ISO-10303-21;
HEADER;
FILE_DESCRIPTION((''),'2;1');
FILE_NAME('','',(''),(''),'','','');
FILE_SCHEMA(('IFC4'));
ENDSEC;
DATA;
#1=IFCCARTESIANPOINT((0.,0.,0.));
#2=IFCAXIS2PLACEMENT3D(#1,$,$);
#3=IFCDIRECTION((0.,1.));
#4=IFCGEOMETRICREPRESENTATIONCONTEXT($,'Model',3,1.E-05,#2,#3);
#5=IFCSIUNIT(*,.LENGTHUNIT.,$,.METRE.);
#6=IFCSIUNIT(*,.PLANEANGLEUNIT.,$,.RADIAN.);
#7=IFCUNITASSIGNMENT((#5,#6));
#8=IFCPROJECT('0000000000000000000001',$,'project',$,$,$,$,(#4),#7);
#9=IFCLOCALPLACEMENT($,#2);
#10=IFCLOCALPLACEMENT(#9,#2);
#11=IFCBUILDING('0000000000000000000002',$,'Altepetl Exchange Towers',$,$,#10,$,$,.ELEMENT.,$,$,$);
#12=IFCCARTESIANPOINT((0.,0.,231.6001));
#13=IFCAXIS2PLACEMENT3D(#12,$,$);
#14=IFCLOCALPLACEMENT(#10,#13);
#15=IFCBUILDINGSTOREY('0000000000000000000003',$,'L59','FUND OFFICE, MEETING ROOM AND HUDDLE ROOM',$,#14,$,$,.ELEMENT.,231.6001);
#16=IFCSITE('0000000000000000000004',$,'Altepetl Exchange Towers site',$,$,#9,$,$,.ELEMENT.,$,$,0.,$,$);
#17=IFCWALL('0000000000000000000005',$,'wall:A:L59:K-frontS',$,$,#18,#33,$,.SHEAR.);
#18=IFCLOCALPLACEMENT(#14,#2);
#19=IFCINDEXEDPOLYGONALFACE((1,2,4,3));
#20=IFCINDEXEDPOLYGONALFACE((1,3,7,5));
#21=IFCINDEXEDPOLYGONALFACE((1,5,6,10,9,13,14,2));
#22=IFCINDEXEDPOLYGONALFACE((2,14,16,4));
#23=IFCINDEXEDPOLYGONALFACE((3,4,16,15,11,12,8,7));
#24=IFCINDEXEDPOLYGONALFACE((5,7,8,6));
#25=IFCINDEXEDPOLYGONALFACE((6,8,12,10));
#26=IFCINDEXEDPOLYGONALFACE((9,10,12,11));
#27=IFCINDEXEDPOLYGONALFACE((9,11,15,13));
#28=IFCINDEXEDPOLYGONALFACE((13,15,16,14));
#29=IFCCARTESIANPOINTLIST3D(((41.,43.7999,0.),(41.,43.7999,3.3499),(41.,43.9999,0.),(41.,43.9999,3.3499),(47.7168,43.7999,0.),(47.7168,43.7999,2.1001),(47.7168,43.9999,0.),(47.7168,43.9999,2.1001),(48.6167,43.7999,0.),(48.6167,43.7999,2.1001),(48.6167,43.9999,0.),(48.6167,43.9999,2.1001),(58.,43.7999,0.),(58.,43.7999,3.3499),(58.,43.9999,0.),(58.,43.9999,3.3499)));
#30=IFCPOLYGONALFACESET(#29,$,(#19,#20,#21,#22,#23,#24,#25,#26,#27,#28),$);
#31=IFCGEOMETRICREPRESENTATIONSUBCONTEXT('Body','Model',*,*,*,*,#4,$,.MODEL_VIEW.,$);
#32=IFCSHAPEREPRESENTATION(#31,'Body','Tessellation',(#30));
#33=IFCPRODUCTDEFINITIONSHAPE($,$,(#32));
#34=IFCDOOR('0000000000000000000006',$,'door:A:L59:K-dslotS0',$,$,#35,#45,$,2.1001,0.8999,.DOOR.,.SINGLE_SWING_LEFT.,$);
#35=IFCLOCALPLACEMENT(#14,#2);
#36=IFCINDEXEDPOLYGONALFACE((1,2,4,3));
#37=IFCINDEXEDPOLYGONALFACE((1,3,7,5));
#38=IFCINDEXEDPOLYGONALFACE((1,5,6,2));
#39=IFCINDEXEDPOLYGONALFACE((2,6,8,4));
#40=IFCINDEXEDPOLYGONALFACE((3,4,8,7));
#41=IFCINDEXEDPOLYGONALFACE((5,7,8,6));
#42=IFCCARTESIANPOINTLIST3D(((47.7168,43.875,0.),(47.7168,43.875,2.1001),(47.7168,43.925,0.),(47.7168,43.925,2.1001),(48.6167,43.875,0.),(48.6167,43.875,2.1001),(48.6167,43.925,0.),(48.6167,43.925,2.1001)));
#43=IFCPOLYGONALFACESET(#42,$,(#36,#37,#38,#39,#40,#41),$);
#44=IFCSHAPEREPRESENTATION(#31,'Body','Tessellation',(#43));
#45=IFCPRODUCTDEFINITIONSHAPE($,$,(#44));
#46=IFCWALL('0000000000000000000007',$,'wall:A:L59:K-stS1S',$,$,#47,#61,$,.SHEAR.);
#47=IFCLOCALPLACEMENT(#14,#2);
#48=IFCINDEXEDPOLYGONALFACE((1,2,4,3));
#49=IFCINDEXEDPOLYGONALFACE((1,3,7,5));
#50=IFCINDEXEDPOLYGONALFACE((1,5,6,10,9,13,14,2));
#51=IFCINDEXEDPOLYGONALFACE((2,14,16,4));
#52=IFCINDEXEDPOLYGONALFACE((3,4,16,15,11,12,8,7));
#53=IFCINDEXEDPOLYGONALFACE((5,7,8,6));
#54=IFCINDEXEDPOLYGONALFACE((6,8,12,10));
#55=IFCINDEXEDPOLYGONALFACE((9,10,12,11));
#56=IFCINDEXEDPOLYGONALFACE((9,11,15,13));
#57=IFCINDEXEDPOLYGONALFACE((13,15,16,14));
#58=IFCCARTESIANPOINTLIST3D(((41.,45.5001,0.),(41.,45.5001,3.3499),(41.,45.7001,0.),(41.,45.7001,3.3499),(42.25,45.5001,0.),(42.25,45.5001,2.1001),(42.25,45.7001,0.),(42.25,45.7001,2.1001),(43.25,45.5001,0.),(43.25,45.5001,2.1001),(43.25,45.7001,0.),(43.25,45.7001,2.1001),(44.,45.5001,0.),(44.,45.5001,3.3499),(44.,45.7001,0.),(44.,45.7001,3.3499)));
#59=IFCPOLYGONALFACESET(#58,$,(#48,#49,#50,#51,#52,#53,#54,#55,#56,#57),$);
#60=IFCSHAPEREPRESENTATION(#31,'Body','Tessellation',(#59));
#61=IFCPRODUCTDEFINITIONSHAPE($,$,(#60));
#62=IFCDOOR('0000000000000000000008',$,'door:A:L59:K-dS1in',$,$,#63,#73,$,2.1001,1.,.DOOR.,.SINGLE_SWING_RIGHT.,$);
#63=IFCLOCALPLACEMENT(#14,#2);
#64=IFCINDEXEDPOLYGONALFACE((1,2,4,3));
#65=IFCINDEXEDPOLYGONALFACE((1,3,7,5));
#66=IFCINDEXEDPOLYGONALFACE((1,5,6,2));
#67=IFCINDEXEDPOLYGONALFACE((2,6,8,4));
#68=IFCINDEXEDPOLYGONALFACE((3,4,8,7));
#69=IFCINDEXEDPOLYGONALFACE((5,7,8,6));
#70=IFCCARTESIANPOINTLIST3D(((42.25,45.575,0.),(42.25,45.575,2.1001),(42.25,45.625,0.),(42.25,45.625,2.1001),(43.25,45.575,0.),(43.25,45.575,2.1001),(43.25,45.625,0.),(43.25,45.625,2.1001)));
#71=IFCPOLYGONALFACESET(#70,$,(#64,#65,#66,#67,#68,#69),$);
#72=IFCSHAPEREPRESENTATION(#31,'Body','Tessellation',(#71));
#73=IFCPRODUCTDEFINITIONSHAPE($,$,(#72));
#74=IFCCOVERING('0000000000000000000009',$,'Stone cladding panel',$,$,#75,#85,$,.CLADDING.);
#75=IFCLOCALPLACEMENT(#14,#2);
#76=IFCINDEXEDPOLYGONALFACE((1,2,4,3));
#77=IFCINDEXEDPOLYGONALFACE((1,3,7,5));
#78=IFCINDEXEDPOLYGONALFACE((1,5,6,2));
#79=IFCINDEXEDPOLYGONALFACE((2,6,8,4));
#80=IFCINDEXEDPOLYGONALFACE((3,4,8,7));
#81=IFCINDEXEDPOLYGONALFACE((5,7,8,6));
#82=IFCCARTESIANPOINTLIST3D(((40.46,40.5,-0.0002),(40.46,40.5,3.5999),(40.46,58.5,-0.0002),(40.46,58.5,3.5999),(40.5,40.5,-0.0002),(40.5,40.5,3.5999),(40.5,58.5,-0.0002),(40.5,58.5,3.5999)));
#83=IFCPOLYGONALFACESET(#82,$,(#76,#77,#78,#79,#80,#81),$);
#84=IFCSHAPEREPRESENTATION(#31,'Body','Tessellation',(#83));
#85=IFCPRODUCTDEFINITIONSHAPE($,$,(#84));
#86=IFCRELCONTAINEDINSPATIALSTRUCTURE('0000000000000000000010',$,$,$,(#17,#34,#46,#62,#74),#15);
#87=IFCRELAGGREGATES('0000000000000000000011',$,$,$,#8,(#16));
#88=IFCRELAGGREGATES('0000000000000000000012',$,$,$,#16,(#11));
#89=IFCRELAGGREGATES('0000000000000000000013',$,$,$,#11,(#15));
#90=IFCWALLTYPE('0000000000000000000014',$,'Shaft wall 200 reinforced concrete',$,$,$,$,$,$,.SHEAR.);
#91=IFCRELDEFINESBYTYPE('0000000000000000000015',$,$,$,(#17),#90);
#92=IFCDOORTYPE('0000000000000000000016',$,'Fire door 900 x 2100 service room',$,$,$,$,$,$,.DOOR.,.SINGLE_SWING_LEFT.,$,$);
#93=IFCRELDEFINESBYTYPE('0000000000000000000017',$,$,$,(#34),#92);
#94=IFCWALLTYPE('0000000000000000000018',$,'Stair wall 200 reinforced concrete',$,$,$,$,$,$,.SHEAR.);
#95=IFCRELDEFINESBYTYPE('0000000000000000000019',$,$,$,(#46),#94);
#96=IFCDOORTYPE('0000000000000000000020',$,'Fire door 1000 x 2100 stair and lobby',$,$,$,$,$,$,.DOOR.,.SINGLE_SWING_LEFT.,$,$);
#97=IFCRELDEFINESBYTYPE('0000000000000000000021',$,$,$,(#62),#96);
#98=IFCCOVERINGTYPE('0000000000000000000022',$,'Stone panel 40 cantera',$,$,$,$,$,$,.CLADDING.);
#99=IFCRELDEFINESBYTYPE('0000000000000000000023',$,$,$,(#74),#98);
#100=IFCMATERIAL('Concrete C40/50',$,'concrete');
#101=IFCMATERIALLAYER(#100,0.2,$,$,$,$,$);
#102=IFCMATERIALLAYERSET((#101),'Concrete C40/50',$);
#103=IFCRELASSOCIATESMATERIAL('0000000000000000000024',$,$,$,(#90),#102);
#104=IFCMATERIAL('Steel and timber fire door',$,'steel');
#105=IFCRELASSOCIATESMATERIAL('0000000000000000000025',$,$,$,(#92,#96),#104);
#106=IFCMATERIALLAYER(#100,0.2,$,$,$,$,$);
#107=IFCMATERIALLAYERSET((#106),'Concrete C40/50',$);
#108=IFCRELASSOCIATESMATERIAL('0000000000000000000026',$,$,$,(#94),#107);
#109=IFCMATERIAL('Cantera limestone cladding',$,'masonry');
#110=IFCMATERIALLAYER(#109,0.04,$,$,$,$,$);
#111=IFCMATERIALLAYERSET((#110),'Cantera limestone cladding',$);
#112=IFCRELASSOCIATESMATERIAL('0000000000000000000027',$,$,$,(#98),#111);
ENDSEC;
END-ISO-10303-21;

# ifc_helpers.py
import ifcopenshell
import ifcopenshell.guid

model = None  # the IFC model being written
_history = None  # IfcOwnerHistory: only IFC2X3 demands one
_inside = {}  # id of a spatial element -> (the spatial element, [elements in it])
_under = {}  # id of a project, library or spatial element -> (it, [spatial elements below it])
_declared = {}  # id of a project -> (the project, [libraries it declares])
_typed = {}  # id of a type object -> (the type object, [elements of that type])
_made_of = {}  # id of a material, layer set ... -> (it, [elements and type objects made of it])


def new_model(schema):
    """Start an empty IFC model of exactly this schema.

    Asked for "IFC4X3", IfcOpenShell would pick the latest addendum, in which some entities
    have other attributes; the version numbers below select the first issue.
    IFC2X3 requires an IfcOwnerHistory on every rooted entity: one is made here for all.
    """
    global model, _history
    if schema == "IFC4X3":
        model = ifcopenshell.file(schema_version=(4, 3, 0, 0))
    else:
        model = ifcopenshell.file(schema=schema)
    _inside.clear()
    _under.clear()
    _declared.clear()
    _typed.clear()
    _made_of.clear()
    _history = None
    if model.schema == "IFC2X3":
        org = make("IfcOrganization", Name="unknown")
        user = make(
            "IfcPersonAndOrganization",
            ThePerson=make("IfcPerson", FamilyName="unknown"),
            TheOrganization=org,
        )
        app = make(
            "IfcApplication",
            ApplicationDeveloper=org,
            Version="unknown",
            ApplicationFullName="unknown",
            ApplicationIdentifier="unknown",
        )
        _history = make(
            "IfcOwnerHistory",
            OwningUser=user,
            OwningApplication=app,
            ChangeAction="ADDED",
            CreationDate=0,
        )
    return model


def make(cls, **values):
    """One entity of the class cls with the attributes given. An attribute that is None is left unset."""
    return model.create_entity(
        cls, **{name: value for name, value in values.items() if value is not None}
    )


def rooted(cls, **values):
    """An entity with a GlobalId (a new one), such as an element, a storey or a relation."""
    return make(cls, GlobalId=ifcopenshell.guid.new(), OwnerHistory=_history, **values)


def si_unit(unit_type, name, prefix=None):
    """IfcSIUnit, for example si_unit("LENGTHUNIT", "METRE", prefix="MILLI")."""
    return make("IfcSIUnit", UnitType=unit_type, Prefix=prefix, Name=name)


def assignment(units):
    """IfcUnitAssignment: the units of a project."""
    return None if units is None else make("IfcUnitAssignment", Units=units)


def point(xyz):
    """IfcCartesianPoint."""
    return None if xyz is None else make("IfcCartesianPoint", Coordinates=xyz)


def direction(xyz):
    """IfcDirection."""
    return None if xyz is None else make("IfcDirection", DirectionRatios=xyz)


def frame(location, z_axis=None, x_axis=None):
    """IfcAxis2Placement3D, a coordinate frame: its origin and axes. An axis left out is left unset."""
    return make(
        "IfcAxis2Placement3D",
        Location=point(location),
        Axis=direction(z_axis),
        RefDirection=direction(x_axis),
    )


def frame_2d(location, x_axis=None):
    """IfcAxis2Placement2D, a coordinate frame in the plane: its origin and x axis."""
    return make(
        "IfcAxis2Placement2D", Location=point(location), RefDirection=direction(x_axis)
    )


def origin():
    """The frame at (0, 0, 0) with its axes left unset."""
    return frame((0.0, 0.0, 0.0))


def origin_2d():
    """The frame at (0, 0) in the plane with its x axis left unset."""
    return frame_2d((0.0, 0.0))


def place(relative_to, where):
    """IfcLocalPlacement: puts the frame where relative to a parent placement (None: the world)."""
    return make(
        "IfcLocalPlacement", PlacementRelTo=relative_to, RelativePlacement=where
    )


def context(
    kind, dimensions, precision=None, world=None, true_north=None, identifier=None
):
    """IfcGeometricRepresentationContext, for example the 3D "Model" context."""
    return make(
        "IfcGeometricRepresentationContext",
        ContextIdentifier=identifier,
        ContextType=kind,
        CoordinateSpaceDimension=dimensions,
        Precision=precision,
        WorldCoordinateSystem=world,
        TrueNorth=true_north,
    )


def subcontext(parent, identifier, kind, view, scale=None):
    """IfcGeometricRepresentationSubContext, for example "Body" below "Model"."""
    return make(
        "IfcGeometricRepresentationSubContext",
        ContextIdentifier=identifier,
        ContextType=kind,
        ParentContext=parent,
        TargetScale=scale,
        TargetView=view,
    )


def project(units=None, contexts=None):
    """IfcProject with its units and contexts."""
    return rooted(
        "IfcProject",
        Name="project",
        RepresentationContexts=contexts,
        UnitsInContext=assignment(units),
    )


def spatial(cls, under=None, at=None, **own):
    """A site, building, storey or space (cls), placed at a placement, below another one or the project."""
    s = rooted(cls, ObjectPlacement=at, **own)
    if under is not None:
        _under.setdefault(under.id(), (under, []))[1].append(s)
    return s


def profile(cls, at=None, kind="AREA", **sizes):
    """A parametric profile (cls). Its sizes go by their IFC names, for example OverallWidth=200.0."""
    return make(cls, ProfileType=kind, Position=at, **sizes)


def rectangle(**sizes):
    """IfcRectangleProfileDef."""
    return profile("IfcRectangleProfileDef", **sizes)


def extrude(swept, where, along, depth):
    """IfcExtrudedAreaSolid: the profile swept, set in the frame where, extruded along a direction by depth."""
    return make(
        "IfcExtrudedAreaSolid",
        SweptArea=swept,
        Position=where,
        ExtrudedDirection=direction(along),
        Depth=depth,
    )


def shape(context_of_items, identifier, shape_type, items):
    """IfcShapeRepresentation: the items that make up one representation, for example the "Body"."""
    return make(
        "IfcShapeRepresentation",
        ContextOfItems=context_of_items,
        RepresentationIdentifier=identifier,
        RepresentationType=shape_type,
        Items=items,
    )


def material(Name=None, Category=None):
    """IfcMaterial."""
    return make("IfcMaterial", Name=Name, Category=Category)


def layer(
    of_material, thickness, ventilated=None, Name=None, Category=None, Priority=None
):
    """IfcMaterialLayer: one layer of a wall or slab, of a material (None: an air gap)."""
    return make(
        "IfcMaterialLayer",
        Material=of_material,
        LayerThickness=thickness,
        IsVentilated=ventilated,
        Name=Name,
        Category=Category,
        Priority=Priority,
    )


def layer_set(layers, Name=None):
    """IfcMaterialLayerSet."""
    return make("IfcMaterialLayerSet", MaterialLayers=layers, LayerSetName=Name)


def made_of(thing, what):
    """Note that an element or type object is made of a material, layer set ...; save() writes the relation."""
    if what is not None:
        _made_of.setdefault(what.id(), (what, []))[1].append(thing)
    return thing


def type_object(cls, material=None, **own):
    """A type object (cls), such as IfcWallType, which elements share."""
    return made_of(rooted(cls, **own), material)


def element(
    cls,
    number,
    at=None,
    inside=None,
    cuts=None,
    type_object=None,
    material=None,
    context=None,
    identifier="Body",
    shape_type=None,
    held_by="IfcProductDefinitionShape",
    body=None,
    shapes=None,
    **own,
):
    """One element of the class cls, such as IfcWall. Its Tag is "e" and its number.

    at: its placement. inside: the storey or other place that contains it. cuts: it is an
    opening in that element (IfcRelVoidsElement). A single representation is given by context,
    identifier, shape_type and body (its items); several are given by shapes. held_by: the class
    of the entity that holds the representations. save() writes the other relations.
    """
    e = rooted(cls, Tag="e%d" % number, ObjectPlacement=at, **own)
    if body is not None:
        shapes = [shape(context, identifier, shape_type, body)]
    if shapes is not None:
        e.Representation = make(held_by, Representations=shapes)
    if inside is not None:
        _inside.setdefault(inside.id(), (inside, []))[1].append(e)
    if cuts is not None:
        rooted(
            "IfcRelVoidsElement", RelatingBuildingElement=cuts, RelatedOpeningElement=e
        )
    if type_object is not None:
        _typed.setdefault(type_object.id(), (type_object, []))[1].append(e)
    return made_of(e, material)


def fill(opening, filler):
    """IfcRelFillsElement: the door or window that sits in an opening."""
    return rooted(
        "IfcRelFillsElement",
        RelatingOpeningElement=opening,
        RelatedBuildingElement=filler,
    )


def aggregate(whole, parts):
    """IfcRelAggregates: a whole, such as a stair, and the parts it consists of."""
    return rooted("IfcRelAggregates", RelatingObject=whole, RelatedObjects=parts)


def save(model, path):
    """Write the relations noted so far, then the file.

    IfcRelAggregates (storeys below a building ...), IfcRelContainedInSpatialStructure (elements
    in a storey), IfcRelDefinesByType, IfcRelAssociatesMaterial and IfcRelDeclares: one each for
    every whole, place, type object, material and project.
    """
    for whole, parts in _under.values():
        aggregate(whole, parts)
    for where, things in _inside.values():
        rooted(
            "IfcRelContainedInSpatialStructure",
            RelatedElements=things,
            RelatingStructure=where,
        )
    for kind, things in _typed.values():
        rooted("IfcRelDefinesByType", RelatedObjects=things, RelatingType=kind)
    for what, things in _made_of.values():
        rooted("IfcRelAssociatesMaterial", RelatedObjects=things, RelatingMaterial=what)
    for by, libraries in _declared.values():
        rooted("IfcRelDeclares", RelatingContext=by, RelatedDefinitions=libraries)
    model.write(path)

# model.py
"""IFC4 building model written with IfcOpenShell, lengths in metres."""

from ifc_helpers import new_model, si_unit, direction, frame, frame_2d, origin, origin_2d, place, context, subcontext, project, spatial, rectangle, extrude, material, layer, layer_set, type_object, element, fill, save


model = new_model("IFC4")

# Units and contexts
model_context = context("Model", 3, precision=1e-05, world=origin(), true_north=direction((0.0, 1.0)))
body_context = subcontext(model_context, "Body", "Model", "MODEL_VIEW")
ifc_project = project(units=[si_unit("LENGTHUNIT", "METRE"), si_unit("PLANEANGLEUNIT", "RADIAN")], contexts=[model_context])

# Site, building, storey
site_placement = place(None, origin())
site = spatial("IfcSite", under=ifc_project, at=site_placement, Name="Altepetl Exchange Towers site", CompositionType="ELEMENT", RefElevation=0.0)
building_placement = place(site_placement, origin())
building = spatial("IfcBuilding", under=site, at=building_placement, Name="Altepetl Exchange Towers", CompositionType="ELEMENT")
storey_placement = place(building_placement, frame((0.0, 0.0, 231.6001)))
storey = spatial("IfcBuildingStorey", under=building, at=storey_placement, Name="L59", Description="FUND OFFICE, MEETING ROOM AND HUDDLE ROOM", CompositionType="ELEMENT", Elevation=231.6001)

# Walls, openings, doors
ifc_material_1 = material(Name="Concrete C40/50", Category="concrete")
ifc_layer_1 = layer(ifc_material_1, 0.2)
ifc_layer_set_1 = layer_set([ifc_layer_1], Name="Concrete C40/50")
wall_type_1 = type_object("IfcWallType", Name="Shaft wall 200 reinforced concrete", PredefinedType="SHEAR", material=ifc_layer_set_1)
wall_1_placement = place(storey_placement, frame((41.0, 43.8999, 0.0)))
wall_1 = element("IfcWall", 1, at=wall_1_placement, inside=storey, type_object=wall_type_1, Name="wall:A:L59:K-frontS", PredefinedType="SHEAR", context=body_context, shape_type="SweptSolid", body=[
    extrude(rectangle(XDim=17.0, YDim=0.2, at=frame_2d((8.5, 0.0))), origin(), (0.0, 0.0, 1.0), 3.3499),
])
opening_1_placement = place(wall_1_placement, frame((6.7168, 0.0, 0.0)))
opening_1 = element("IfcOpeningElement", 2, at=opening_1_placement, cuts=wall_1, PredefinedType="OPENING", context=body_context, shape_type="SweptSolid", body=[
    extrude(rectangle(XDim=0.8999, YDim=2.1001, at=frame_2d((0.45, 1.05))), frame((0.0, 0.1099, 0.0), z_axis=(0.0, -1.0, 0.0), x_axis=(1.0, 0.0, 0.0)), (0.0, 0.0, 1.0), 0.22),
])
ifc_material_2 = material(Name="Steel and timber fire door", Category="steel")
door_type_1 = type_object("IfcDoorType", Name="Fire door 900 x 2100 service room", OperationType="SINGLE_SWING_LEFT", PredefinedType="DOOR", material=ifc_material_2)
door_1_placement = place(opening_1_placement, frame((0.8999, 0.0, 0.0), x_axis=(-1.0, 0.0, 0.0)))
door_1 = element("IfcDoor", 3, at=door_1_placement, inside=storey, type_object=door_type_1, Name="door:A:L59:K-dslotS0", OperationType="SINGLE_SWING_LEFT", OverallHeight=2.1001, OverallWidth=0.8999, PredefinedType="DOOR", context=body_context, shape_type="SweptSolid", body=[
    extrude(rectangle(XDim=0.8999, YDim=2.1001, at=frame_2d((0.45, 1.05))), frame((0.0, 0.0249, 0.0), z_axis=(0.0, -1.0, 0.0), x_axis=(1.0, 0.0, 0.0)), (0.0, 0.0, 1.0), 0.05),
])
fill(opening_1, door_1)
ifc_layer_2 = layer(ifc_material_1, 0.2)
ifc_layer_set_2 = layer_set([ifc_layer_2], Name="Concrete C40/50")
wall_type_2 = type_object("IfcWallType", Name="Stair wall 200 reinforced concrete", PredefinedType="SHEAR", material=ifc_layer_set_2)
wall_2_placement = place(storey_placement, frame((41.0, 45.6001, 0.0)))
wall_2 = element("IfcWall", 4, at=wall_2_placement, inside=storey, type_object=wall_type_2, Name="wall:A:L59:K-stS1S", PredefinedType="SHEAR", context=body_context, shape_type="SweptSolid", body=[
    extrude(rectangle(XDim=3.0, YDim=0.2, at=frame_2d((1.5, 0.0))), origin(), (0.0, 0.0, 1.0), 3.3499),
])
opening_2_placement = place(wall_2_placement, frame((1.25, 0.0, 0.0)))
opening_2 = element("IfcOpeningElement", 5, at=opening_2_placement, cuts=wall_2, PredefinedType="OPENING", context=body_context, shape_type="SweptSolid", body=[
    extrude(rectangle(XDim=1.0, YDim=2.1001, at=frame_2d((0.5, 1.05))), frame((0.0, 0.1099, 0.0), z_axis=(0.0, -1.0, 0.0), x_axis=(1.0, 0.0, 0.0)), (0.0, 0.0, 1.0), 0.22),
])
door_type_2 = type_object("IfcDoorType", Name="Fire door 1000 x 2100 stair and lobby", OperationType="SINGLE_SWING_LEFT", PredefinedType="DOOR", material=ifc_material_2)
door_2_placement = place(opening_2_placement, origin())
door_2 = element("IfcDoor", 6, at=door_2_placement, inside=storey, type_object=door_type_2, Name="door:A:L59:K-dS1in", OperationType="SINGLE_SWING_RIGHT", OverallHeight=2.1001, OverallWidth=1.0, PredefinedType="DOOR", context=body_context, shape_type="SweptSolid", body=[
    extrude(rectangle(XDim=1.0, YDim=2.1001, at=frame_2d((0.5, 1.05))), frame((0.0, 0.0249, 0.0), z_axis=(0.0, -1.0, 0.0), x_axis=(1.0, 0.0, 0.0)), (0.0, 0.0, 1.0), 0.05),
])
fill(opening_2, door_2)

# Covering
ifc_material_3 = material(Name="Cantera limestone cladding", Category="masonry")
ifc_layer_3 = layer(ifc_material_3, 0.04)
ifc_layer_set_3 = layer_set([ifc_layer_3], Name="Cantera limestone cladding")
covering_type = type_object("IfcCoveringType", Name="Stone panel 40 cantera", PredefinedType="CLADDING", material=ifc_layer_set_3)
covering_placement = place(storey_placement, frame((40.48, 49.5, -0.0002), z_axis=(0.0, 0.0, 1.0), x_axis=(0.0, -1.0, 0.0)))
element("IfcCovering", 7, at=covering_placement, inside=storey, type_object=covering_type, Name="Stone cladding panel", PredefinedType="CLADDING", context=body_context, shape_type="SweptSolid", body=[
    extrude(rectangle(XDim=18.0, YDim=0.04, at=origin_2d()), origin(), (0.0, 0.0, 1.0), 3.6001),
])

save(model, "model.ifc")
